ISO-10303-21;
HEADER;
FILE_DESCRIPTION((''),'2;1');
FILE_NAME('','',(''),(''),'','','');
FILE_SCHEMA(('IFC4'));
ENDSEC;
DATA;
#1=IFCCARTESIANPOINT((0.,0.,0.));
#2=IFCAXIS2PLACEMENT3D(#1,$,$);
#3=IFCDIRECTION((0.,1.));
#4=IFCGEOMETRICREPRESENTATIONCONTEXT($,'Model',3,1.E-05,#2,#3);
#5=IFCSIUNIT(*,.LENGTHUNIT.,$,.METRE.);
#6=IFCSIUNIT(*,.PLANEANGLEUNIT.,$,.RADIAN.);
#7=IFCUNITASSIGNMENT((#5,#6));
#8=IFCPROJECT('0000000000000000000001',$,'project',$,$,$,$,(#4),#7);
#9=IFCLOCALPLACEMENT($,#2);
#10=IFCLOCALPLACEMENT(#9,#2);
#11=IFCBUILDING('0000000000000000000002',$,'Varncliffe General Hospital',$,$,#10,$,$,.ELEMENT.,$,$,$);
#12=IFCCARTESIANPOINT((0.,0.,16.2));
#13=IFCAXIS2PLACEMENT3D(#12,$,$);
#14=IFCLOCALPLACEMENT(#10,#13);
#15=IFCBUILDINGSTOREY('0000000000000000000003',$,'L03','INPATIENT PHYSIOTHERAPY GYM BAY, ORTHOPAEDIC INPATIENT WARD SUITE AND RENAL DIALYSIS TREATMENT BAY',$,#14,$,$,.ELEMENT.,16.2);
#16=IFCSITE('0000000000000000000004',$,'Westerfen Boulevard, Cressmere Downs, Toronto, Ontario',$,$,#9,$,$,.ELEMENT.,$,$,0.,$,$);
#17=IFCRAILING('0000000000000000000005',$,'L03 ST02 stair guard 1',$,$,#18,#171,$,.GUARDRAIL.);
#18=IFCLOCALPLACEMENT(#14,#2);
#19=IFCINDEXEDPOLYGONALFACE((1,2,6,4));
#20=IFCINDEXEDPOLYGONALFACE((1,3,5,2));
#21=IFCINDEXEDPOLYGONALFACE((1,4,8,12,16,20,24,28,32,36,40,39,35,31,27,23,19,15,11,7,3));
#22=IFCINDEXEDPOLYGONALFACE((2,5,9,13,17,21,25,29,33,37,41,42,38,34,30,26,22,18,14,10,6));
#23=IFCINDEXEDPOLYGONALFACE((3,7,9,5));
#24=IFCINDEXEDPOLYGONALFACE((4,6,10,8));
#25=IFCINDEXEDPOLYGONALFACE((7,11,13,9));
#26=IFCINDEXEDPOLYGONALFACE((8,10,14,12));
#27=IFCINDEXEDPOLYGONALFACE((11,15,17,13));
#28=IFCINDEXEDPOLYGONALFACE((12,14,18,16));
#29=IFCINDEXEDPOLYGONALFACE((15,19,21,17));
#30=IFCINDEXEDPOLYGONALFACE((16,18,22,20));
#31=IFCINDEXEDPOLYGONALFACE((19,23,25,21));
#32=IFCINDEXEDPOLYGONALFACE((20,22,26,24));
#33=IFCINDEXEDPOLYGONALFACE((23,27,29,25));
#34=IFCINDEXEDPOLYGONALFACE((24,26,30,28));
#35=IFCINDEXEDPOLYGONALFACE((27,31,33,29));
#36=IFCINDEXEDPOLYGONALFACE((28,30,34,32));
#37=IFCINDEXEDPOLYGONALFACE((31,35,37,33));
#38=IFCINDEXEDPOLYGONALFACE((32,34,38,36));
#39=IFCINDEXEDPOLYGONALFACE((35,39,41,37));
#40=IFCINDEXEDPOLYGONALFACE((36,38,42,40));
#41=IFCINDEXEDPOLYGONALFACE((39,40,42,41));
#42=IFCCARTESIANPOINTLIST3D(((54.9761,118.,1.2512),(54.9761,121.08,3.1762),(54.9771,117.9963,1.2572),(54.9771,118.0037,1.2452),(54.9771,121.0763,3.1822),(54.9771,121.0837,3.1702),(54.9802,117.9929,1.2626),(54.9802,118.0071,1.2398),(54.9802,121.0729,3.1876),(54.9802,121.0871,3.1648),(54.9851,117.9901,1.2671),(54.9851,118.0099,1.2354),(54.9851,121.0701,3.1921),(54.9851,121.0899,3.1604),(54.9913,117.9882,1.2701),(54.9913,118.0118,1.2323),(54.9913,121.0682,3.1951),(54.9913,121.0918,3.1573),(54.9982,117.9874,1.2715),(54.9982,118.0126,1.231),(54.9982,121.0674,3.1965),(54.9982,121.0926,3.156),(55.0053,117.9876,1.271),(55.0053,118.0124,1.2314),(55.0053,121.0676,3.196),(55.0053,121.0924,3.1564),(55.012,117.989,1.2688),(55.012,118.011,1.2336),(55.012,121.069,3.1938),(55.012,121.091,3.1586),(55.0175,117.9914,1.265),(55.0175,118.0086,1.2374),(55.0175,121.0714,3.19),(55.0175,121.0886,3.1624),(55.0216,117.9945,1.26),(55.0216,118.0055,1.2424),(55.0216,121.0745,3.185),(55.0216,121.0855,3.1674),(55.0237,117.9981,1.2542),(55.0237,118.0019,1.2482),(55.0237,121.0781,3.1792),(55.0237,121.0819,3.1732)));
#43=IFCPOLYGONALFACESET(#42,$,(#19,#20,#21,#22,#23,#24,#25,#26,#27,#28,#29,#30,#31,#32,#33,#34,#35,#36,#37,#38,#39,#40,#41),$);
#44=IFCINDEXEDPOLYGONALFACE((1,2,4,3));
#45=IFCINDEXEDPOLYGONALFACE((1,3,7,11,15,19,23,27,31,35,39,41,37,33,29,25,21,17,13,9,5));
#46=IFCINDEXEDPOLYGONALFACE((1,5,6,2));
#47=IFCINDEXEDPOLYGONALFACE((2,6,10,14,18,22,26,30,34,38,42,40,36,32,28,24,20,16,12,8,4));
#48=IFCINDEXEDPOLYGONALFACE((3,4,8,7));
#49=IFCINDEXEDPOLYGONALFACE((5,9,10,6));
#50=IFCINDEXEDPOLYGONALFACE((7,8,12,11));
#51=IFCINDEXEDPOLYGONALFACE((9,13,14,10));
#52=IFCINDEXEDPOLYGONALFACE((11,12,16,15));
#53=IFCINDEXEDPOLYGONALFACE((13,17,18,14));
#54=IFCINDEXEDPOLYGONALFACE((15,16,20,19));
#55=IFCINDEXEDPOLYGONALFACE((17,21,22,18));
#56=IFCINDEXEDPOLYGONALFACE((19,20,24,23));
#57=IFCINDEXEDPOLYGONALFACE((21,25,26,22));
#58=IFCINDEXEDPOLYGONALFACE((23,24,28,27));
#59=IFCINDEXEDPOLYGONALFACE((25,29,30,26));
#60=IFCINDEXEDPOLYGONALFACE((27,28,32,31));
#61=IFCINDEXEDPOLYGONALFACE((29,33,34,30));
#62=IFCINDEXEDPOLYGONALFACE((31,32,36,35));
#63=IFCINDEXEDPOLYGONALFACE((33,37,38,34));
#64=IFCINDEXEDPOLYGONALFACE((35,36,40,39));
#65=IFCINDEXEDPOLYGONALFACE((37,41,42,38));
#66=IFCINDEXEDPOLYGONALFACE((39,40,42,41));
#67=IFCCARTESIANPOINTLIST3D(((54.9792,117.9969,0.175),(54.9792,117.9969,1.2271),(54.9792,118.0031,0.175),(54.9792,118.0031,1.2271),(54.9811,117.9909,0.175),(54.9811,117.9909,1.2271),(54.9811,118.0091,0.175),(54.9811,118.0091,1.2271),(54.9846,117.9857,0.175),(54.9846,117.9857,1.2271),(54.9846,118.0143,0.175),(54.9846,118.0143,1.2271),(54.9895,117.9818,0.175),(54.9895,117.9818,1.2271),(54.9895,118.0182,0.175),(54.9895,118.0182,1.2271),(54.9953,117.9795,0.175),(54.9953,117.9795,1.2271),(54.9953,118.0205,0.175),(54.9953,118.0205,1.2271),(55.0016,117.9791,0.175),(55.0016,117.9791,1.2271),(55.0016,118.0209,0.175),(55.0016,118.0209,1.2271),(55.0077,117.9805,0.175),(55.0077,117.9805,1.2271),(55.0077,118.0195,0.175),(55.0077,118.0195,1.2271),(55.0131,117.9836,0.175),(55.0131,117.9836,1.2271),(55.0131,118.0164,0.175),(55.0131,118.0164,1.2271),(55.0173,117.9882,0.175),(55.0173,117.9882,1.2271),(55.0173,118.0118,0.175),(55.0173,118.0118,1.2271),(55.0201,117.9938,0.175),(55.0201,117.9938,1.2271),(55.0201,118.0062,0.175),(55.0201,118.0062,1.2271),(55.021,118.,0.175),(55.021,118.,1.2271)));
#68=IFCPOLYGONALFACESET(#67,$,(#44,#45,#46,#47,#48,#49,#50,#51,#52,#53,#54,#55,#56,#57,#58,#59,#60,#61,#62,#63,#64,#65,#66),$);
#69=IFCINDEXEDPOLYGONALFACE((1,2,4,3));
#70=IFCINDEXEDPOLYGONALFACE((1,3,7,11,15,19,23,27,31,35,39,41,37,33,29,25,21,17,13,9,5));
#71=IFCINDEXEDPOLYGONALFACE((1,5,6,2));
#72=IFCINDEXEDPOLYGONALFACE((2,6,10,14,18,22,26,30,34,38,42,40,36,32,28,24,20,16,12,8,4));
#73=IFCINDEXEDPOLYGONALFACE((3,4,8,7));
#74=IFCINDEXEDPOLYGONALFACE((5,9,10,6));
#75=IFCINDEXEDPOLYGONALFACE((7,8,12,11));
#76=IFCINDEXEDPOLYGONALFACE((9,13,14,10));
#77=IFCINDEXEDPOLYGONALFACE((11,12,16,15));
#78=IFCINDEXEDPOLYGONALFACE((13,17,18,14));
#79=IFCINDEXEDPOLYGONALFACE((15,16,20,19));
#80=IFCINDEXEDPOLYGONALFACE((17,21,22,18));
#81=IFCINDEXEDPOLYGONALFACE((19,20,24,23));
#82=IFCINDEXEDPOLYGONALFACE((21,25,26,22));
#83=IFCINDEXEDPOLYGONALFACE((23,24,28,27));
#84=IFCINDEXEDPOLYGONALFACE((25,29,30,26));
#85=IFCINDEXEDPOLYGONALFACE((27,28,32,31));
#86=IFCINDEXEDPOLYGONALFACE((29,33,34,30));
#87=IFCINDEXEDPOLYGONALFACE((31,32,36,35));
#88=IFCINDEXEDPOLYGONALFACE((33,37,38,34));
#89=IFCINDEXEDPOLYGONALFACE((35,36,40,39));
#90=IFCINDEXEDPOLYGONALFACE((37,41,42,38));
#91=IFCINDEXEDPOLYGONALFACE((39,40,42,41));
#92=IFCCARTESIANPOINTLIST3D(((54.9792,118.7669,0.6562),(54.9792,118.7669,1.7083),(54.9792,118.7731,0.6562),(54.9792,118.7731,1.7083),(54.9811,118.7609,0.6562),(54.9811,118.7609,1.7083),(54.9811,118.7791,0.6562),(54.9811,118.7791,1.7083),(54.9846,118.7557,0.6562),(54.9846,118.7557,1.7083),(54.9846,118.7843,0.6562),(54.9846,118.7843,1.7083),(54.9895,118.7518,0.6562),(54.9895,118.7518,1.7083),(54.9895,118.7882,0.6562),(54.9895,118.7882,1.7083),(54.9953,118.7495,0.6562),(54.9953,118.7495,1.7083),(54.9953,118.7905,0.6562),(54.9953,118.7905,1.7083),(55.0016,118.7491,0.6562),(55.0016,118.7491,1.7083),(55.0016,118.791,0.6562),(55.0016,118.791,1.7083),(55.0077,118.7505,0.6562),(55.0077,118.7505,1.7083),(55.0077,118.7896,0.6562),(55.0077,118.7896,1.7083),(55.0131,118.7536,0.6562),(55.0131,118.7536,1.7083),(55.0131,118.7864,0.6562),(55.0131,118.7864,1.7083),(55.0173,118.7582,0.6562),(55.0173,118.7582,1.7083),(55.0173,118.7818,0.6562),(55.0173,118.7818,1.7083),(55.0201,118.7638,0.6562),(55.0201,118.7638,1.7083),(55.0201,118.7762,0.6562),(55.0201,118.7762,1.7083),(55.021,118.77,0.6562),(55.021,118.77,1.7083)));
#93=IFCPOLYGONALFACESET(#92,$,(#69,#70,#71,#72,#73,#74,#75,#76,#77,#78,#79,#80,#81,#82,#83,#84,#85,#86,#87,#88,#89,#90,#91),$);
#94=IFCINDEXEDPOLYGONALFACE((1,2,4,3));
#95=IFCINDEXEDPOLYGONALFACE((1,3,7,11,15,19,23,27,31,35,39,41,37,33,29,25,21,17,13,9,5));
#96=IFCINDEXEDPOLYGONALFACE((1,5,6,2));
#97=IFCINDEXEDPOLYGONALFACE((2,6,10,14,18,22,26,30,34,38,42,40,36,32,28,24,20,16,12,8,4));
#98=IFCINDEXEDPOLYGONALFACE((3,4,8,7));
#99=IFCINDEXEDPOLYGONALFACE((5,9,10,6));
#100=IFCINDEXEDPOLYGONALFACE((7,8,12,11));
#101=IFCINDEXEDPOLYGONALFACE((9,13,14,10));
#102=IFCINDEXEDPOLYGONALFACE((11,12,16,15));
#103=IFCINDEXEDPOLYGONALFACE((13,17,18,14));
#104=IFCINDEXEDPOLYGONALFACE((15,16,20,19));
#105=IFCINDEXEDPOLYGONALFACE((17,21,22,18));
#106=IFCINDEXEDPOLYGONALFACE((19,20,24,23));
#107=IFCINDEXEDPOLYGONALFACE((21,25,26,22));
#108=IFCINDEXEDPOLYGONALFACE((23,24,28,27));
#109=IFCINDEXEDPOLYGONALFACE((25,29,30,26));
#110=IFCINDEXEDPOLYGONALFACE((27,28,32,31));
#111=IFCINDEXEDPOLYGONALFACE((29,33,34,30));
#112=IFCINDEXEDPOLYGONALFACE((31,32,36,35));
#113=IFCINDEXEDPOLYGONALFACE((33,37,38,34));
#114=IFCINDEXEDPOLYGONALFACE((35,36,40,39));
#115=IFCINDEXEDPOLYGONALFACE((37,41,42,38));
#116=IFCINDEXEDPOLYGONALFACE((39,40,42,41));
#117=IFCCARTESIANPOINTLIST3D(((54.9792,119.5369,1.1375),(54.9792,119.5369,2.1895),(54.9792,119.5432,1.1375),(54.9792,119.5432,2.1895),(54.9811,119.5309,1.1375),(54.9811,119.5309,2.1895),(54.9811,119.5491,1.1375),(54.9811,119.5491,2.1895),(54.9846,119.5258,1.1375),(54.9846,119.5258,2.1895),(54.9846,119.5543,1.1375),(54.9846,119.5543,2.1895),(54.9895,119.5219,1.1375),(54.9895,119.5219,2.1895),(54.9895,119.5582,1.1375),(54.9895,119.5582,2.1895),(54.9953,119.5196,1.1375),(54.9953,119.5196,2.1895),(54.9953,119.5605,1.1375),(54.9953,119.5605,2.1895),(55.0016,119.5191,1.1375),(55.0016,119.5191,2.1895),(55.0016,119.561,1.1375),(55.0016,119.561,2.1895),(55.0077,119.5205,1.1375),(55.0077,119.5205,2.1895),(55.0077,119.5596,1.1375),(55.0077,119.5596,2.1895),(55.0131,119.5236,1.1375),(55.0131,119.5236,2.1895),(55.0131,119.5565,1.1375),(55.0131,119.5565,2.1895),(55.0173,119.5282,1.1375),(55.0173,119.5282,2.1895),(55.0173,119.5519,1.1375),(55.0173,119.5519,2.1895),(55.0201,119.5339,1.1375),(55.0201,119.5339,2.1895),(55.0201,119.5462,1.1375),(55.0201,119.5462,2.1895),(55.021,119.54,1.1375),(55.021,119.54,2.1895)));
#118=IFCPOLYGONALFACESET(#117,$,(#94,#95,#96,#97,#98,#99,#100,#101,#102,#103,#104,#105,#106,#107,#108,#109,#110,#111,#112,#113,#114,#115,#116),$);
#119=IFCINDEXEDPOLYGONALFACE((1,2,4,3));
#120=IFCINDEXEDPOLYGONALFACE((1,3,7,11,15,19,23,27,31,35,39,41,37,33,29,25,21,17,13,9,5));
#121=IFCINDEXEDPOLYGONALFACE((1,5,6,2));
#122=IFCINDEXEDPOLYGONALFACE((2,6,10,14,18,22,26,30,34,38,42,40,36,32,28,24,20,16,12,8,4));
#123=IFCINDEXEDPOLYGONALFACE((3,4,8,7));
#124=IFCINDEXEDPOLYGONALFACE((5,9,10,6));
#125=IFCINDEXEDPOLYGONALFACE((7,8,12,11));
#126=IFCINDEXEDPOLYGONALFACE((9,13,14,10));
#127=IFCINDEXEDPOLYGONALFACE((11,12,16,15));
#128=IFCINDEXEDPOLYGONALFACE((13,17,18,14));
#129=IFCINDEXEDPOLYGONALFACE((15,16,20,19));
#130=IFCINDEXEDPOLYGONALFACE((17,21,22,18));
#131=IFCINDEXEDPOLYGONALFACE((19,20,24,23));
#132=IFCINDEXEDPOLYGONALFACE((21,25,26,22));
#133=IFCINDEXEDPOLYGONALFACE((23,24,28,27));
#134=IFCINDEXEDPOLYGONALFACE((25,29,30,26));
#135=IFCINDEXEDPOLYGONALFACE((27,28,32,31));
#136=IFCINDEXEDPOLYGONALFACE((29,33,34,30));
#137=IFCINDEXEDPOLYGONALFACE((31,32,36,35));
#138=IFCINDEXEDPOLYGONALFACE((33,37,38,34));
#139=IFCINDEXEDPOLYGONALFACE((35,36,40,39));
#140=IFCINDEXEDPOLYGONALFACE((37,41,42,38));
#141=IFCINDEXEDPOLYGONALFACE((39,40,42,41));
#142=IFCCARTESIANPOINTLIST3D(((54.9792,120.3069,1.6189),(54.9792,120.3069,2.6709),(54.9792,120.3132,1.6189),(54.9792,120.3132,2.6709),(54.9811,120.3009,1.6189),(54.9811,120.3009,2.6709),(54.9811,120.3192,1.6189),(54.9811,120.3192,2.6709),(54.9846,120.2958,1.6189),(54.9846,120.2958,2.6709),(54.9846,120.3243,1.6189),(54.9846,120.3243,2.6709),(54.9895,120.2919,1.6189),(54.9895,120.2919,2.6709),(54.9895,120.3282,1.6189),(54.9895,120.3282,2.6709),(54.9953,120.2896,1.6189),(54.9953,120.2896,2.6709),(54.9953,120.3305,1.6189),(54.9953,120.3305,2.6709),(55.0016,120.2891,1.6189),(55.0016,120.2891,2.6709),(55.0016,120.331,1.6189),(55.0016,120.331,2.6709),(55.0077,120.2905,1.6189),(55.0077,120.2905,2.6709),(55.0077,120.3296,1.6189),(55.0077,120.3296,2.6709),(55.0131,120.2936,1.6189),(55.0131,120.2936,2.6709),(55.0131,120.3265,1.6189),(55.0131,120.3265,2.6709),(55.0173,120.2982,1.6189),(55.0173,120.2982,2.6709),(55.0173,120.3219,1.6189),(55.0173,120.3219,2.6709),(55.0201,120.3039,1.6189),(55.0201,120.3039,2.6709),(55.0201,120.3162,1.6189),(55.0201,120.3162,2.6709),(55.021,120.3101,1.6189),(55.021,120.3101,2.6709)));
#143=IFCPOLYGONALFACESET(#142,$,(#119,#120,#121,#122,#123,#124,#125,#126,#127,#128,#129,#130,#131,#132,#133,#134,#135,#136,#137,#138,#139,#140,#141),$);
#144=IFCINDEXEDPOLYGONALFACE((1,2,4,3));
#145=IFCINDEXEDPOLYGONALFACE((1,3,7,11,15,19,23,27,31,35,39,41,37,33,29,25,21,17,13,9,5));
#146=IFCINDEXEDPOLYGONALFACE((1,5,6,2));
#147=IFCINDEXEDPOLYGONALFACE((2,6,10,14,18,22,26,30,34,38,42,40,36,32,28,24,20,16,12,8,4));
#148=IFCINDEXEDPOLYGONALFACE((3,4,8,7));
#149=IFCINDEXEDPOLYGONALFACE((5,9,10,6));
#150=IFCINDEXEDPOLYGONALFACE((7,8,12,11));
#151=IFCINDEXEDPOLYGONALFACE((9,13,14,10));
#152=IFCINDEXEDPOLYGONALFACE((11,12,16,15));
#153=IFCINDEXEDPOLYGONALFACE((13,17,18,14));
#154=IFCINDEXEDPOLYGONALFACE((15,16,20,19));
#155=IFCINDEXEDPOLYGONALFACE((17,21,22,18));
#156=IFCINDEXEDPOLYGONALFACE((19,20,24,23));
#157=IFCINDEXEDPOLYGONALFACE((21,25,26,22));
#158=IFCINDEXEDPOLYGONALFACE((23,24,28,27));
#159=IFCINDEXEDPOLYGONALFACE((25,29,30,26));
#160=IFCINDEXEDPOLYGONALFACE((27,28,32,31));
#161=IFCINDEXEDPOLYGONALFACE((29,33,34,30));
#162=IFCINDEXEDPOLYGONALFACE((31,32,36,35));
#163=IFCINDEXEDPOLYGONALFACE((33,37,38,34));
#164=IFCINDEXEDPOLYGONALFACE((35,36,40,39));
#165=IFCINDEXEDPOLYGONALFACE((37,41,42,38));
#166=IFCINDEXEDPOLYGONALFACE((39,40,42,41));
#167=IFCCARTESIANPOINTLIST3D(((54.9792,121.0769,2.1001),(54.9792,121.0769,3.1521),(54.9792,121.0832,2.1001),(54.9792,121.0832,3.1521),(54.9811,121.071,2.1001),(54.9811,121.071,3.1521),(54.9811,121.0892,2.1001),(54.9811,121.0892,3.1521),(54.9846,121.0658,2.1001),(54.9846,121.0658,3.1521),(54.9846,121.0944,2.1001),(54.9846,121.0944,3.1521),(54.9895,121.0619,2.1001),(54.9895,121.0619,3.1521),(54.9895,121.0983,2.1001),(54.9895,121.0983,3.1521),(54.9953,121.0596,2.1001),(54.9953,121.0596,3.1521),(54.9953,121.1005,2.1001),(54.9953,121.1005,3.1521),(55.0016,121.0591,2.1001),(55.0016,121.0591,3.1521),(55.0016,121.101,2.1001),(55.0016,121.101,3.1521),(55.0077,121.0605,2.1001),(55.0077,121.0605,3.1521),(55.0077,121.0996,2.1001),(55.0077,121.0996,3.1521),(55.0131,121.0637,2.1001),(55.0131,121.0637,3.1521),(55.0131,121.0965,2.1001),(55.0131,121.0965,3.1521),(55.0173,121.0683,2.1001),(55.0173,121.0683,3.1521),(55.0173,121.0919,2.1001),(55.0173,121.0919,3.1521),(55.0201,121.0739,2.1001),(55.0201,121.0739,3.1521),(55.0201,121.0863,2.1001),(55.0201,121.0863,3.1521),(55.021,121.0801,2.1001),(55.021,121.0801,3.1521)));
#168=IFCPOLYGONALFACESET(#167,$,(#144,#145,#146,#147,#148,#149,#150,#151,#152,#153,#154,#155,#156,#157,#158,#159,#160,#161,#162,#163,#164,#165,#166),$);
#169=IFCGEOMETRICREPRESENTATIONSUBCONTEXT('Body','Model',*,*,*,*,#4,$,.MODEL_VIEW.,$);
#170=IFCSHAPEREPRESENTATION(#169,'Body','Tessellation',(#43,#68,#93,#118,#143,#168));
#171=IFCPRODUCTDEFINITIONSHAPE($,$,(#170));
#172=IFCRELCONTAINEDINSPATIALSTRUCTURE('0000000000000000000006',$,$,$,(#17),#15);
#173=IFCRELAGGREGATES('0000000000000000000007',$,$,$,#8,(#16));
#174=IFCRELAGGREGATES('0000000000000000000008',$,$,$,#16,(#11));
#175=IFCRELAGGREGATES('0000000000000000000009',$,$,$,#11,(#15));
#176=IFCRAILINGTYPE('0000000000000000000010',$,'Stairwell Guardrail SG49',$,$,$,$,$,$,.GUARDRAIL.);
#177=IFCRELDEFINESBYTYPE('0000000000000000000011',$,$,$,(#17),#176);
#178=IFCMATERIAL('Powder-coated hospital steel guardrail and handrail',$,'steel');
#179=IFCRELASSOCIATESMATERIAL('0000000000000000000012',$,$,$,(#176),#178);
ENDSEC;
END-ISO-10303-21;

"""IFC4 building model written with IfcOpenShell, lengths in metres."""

from ifc_helpers import new_model, si_unit, direction, frame, origin, origin_2d, place, context, subcontext, project, spatial, circle, extrude, material, type_object, element, save


model = new_model("IFC4")

# Units and contexts
model_context = context("Model", 3, precision=1e-05, world=origin(), true_north=direction((0.0, 1.0)))
body_context = subcontext(model_context, "Body", "Model", "MODEL_VIEW")
ifc_project = project(units=[si_unit("LENGTHUNIT", "METRE"), si_unit("PLANEANGLEUNIT", "RADIAN")], contexts=[model_context])

# Site, building, storey
site_placement = place(None, origin())
site = spatial("IfcSite", under=ifc_project, at=site_placement, Name="Westerfen Boulevard, Cressmere Downs, Toronto, Ontario", CompositionType="ELEMENT", RefElevation=0.0)
building_placement = place(site_placement, origin())
building = spatial("IfcBuilding", under=site, at=building_placement, Name="Varncliffe General Hospital", CompositionType="ELEMENT")
storey_placement = place(building_placement, frame((0.0, 0.0, 16.2)))
storey = spatial("IfcBuildingStorey", under=building, at=storey_placement, Name="L03", Description="INPATIENT PHYSIOTHERAPY GYM BAY, ORTHOPAEDIC INPATIENT WARD SUITE AND RENAL DIALYSIS TREATMENT BAY", CompositionType="ELEMENT", Elevation=16.2)

# Railing
ifc_material_1 = material(Name="Powder-coated hospital steel guardrail and handrail", Category="steel")
railing_type_1 = type_object("IfcRailingType", Name="Stairwell Guardrail SG49", PredefinedType="GUARDRAIL", material=ifc_material_1)
railing_1_placement = place(storey_placement, frame((55.0, 118.0, 0.175)))
element("IfcRailing", 1, at=railing_1_placement, inside=storey, type_object=railing_type_1, Name="L03 ST02 stair guard 1", PredefinedType="GUARDRAIL", context=body_context, shape_type="SweptSolid", body=[
    extrude(circle(Radius=0.0239, at=origin_2d()), frame((0.0, 0.0, 1.0762), z_axis=(0.0, 0.847998, 0.529999), x_axis=(-1.0, 0.0, 0.0)), (0.0, 0.0, 1.0), 3.6321),
    extrude(circle(Radius=0.021, at=origin_2d()), origin(), (0.0, 0.0, 1.0), 1.052),
    extrude(circle(Radius=0.021, at=origin_2d()), frame((0.0, 0.77, 0.4812)), (0.0, 0.0, 1.0), 1.052),
    extrude(circle(Radius=0.021, at=origin_2d()), frame((0.0, 1.54, 0.9624)), (0.0, 0.0, 1.0), 1.052),
    extrude(circle(Radius=0.021, at=origin_2d()), frame((0.0, 2.3101, 1.4438)), (0.0, 0.0, 1.0), 1.052),
    extrude(circle(Radius=0.021, at=origin_2d()), frame((0.0, 3.0801, 1.925)), (0.0, 0.0, 1.0), 1.052),
])

save(model, "model.ifc")
